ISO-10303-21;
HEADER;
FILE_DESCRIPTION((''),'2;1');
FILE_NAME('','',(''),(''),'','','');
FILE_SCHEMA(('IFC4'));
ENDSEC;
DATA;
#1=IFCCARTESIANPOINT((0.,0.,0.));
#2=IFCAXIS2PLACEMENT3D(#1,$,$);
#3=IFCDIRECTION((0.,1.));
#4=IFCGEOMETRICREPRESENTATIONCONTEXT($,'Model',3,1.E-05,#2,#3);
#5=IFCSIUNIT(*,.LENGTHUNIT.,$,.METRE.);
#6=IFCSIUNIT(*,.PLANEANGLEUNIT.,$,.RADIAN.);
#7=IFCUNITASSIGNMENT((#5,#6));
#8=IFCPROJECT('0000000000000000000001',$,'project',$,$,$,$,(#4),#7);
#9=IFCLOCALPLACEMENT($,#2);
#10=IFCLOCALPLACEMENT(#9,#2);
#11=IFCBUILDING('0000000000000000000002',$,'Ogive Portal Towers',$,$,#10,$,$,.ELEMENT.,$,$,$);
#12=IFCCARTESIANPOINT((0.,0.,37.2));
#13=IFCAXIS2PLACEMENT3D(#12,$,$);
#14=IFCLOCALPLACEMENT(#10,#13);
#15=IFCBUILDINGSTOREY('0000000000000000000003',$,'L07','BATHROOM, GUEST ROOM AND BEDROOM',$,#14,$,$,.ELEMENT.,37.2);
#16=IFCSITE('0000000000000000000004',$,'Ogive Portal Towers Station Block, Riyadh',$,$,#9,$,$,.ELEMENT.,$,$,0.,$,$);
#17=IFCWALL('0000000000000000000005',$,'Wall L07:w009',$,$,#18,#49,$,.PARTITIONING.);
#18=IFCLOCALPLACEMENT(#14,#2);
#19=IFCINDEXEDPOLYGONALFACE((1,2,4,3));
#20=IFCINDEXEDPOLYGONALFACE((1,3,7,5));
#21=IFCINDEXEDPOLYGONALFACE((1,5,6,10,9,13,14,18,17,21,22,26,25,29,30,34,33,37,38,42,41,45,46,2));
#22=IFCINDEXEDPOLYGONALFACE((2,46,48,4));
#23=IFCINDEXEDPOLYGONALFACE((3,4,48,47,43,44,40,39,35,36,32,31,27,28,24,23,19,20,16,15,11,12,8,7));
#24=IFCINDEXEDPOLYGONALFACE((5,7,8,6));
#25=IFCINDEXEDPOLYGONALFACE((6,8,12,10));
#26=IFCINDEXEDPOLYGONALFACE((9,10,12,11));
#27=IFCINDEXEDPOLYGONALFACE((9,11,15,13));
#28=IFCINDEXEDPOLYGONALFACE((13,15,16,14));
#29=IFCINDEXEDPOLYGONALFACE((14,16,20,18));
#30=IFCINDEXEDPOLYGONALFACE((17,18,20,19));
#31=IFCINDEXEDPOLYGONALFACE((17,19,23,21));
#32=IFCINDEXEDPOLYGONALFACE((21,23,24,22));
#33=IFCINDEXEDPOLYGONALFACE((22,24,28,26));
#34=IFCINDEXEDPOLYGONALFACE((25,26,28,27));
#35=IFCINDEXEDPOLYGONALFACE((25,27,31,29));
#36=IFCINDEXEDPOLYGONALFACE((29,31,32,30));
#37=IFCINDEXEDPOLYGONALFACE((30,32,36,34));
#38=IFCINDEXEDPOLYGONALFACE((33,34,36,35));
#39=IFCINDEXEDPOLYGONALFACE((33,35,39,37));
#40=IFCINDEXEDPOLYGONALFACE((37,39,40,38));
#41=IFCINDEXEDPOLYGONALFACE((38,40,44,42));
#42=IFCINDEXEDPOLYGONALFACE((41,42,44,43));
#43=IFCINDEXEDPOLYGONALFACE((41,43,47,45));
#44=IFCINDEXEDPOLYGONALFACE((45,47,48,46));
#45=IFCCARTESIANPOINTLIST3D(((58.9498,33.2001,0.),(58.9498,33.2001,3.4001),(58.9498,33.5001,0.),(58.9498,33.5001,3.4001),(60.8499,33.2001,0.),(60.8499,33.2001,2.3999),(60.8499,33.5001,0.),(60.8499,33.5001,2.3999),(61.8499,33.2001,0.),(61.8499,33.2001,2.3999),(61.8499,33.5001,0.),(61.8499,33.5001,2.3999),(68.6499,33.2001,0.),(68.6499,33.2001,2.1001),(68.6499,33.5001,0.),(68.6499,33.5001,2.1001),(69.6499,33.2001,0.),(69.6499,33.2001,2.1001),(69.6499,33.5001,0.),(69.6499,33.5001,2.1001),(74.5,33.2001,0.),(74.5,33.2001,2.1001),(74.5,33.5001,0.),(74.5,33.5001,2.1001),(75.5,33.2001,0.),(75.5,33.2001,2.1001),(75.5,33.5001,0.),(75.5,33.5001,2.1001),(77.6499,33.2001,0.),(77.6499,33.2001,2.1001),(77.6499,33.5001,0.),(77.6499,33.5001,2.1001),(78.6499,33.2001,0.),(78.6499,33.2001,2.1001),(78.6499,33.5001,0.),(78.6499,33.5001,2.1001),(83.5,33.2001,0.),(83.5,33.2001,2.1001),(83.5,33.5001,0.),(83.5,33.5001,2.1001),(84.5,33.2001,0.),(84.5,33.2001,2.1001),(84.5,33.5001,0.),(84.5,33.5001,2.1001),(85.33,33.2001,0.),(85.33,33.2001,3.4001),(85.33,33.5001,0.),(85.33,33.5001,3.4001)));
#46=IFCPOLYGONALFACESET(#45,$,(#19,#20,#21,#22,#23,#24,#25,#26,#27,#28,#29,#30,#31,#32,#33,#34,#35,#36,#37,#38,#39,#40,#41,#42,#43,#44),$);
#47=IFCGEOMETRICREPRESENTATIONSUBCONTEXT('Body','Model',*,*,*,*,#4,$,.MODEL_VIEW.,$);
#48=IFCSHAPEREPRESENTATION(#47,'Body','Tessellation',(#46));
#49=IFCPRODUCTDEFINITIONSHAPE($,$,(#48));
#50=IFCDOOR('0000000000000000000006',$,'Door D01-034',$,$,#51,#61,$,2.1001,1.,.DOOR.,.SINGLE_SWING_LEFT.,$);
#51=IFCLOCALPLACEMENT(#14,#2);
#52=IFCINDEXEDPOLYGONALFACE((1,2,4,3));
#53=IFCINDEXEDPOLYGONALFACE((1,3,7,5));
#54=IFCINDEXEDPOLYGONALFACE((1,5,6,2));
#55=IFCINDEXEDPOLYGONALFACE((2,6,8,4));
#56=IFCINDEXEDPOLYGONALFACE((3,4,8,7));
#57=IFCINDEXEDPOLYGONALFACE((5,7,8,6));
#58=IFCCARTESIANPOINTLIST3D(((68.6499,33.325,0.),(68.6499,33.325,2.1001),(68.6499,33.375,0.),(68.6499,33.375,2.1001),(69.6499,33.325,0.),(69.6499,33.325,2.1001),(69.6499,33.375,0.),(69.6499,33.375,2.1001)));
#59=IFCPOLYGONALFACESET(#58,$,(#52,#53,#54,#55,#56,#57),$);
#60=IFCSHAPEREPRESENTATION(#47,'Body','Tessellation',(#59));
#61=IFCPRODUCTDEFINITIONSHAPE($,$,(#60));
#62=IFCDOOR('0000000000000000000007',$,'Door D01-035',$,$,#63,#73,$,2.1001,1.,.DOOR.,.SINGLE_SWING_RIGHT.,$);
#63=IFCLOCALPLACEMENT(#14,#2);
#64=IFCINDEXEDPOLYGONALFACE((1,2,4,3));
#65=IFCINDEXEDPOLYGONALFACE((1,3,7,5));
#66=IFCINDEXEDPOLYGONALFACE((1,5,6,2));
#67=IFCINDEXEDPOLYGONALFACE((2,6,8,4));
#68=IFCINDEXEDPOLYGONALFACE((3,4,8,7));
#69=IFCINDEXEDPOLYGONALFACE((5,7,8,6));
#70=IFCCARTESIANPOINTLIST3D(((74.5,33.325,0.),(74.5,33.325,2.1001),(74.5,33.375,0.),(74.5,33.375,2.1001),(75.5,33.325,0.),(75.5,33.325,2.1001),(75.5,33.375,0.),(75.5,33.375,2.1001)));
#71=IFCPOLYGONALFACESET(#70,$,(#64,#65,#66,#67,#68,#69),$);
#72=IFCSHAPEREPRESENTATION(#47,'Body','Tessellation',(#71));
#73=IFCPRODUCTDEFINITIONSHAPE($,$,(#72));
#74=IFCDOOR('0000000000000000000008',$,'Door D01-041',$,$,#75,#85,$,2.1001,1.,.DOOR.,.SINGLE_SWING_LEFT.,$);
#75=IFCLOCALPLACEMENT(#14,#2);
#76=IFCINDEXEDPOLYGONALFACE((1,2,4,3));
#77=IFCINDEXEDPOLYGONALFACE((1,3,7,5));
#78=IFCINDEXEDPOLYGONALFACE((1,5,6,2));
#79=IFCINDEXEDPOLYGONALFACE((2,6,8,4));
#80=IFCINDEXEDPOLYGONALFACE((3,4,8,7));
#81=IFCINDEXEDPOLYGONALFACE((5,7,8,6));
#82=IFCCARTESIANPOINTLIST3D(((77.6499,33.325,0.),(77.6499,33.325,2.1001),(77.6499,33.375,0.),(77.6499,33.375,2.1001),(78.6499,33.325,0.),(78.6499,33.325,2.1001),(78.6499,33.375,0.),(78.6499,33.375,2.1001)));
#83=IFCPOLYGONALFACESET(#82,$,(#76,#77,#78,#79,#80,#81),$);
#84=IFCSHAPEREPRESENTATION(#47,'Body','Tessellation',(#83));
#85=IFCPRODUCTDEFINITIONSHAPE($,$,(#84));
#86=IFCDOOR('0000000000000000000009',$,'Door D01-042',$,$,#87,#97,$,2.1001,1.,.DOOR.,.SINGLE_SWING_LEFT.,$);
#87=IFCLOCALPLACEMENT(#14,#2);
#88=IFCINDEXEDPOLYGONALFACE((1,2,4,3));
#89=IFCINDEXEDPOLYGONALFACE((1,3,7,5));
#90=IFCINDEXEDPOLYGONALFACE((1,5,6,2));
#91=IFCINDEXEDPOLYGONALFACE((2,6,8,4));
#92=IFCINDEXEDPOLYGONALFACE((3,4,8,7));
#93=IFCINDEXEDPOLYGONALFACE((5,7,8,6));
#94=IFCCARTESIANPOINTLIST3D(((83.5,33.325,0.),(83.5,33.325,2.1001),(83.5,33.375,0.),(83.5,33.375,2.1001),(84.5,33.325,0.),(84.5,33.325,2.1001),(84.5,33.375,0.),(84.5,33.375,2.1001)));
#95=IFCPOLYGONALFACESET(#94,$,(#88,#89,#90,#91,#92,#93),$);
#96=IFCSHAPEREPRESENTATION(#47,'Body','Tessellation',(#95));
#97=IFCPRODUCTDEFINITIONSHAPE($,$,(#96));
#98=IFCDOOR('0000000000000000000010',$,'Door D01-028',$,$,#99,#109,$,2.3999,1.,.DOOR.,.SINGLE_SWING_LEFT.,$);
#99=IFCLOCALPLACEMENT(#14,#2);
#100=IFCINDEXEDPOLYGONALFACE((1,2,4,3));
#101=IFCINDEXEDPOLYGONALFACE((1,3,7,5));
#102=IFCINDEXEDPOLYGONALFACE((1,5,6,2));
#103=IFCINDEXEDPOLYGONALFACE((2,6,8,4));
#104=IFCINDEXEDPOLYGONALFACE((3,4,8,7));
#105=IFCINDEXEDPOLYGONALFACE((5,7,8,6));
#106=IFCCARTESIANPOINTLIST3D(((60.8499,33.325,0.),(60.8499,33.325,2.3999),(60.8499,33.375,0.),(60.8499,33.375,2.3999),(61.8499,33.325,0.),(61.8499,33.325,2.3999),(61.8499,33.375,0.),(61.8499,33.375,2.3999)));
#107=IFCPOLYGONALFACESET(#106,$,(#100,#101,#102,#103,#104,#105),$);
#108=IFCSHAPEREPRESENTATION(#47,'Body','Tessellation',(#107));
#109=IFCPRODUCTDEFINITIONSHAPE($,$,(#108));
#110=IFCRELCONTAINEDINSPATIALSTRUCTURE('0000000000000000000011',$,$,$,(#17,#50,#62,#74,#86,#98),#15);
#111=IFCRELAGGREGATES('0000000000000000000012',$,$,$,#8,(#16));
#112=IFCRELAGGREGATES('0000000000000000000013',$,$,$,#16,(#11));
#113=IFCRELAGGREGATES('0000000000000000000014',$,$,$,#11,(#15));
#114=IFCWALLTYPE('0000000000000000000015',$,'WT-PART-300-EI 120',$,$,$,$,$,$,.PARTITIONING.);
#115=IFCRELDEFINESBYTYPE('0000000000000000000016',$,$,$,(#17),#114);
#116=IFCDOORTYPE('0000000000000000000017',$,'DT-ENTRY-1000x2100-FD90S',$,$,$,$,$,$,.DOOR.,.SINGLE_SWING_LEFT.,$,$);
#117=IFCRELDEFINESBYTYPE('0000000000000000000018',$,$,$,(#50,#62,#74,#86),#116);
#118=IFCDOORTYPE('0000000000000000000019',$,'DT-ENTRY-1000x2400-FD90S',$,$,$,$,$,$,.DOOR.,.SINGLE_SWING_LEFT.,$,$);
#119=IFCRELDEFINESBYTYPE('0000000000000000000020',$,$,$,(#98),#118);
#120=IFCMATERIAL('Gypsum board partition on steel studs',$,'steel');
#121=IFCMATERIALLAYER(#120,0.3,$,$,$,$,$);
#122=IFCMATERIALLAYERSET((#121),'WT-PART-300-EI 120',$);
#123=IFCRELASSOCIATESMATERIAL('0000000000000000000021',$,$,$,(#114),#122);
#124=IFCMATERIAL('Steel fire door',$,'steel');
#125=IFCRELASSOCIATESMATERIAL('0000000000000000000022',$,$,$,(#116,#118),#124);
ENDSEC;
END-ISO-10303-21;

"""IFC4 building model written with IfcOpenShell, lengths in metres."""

from ifc_helpers import new_model, si_unit, direction, frame, frame_2d, origin, place, context, subcontext, project, spatial, rectangle, extrude, material, layer, layer_set, type_object, element, fill, save


model = new_model("IFC4")

# Units and contexts
model_context = context("Model", 3, precision=1e-05, world=origin(), true_north=direction((0.0, 1.0)))
body_context = subcontext(model_context, "Body", "Model", "MODEL_VIEW")
ifc_project = project(units=[si_unit("LENGTHUNIT", "METRE"), si_unit("PLANEANGLEUNIT", "RADIAN")], contexts=[model_context])

# Site, building, storey
site_placement = place(None, origin())
site = spatial("IfcSite", under=ifc_project, at=site_placement, Name="Ogive Portal Towers Station Block, Riyadh", CompositionType="ELEMENT", RefElevation=0.0)
building_placement = place(site_placement, origin())
building = spatial("IfcBuilding", under=site, at=building_placement, Name="Ogive Portal Towers", CompositionType="ELEMENT")
storey_placement = place(building_placement, frame((0.0, 0.0, 37.2)))
storey = spatial("IfcBuildingStorey", under=building, at=storey_placement, Name="L07", Description="BATHROOM, GUEST ROOM AND BEDROOM", CompositionType="ELEMENT", Elevation=37.2)

# Wall, openings, doors
ifc_material_1 = material(Name="Gypsum board partition on steel studs", Category="steel")
ifc_layer_1 = layer(ifc_material_1, 0.3)
ifc_layer_set_1 = layer_set([ifc_layer_1], Name="WT-PART-300-EI 120")
wall_type_1 = type_object("IfcWallType", Name="WT-PART-300-EI 120", PredefinedType="PARTITIONING", material=ifc_layer_set_1)
ifc_material_2 = material(Name="Steel fire door", Category="steel")
door_type_1 = type_object("IfcDoorType", Name="DT-ENTRY-1000x2100-FD90S", OperationType="SINGLE_SWING_LEFT", PredefinedType="DOOR", material=ifc_material_2)
door_type_2 = type_object("IfcDoorType", Name="DT-ENTRY-1000x2400-FD90S", OperationType="SINGLE_SWING_LEFT", PredefinedType="DOOR", material=ifc_material_2)
wall_1_placement = place(storey_placement, frame((58.95, 33.3501, 0.0), z_axis=(0.0, 0.0, 1.0), x_axis=(1.0, 0.0, 0.0)))
wall_1 = element("IfcWall", 1, at=wall_1_placement, inside=storey, type_object=wall_type_1, Name="Wall L07:w009", PredefinedType="PARTITIONING", context=body_context, shape_type="SweptSolid", body=[
    extrude(rectangle(XDim=26.3801, YDim=0.3, at=frame_2d((13.1899, 0.0))), origin(), (0.0, 0.0, 1.0), 3.4001),
])
opening_1_placement = place(wall_1_placement, frame((1.8999, 0.0, 0.0)))
opening_1 = element("IfcOpeningElement", 2, at=opening_1_placement, cuts=wall_1, PredefinedType="OPENING", context=body_context, shape_type="SweptSolid", body=[
    extrude(rectangle(XDim=1.0, YDim=2.3999, at=frame_2d((0.5, 1.2))), frame((0.0, 0.1602, 0.0), z_axis=(0.0, -1.0, 0.0), x_axis=(1.0, 0.0, 0.0)), (0.0, 0.0, 1.0), 0.3201),
])
opening_2_placement = place(wall_1_placement, frame((9.7, 0.0, 0.0)))
opening_2 = element("IfcOpeningElement", 3, at=opening_2_placement, cuts=wall_1, PredefinedType="OPENING", context=body_context, shape_type="SweptSolid", body=[
    extrude(rectangle(XDim=1.0, YDim=2.1001, at=frame_2d((0.5, 1.05))), frame((0.0, 0.1602, 0.0), z_axis=(0.0, -1.0, 0.0), x_axis=(1.0, 0.0, 0.0)), (0.0, 0.0, 1.0), 0.3201),
])
opening_3_placement = place(wall_1_placement, frame((15.55, 0.0, 0.0)))
opening_3 = element("IfcOpeningElement", 4, at=opening_3_placement, cuts=wall_1, PredefinedType="OPENING", context=body_context, shape_type="SweptSolid", body=[
    extrude(rectangle(XDim=1.0, YDim=2.1001, at=frame_2d((0.5, 1.05))), frame((0.0, 0.1602, 0.0), z_axis=(0.0, -1.0, 0.0), x_axis=(1.0, 0.0, 0.0)), (0.0, 0.0, 1.0), 0.3201),
])
opening_4_placement = place(wall_1_placement, frame((18.7, 0.0, 0.0)))
opening_4 = element("IfcOpeningElement", 5, at=opening_4_placement, cuts=wall_1, PredefinedType="OPENING", context=body_context, shape_type="SweptSolid", body=[
    extrude(rectangle(XDim=1.0, YDim=2.1001, at=frame_2d((0.5, 1.05))), frame((0.0, 0.1602, 0.0), z_axis=(0.0, -1.0, 0.0), x_axis=(1.0, 0.0, 0.0)), (0.0, 0.0, 1.0), 0.3201),
])
opening_5_placement = place(wall_1_placement, frame((24.55, 0.0, 0.0)))
opening_5 = element("IfcOpeningElement", 6, at=opening_5_placement, cuts=wall_1, PredefinedType="OPENING", context=body_context, shape_type="SweptSolid", body=[
    extrude(rectangle(XDim=1.0, YDim=2.1001, at=frame_2d((0.5, 1.05))), frame((0.0, 0.1602, 0.0), z_axis=(0.0, -1.0, 0.0), x_axis=(1.0, 0.0, 0.0)), (0.0, 0.0, 1.0), 0.3201),
])
door_1_placement = place(opening_2_placement, origin())
door_1 = element("IfcDoor", 7, at=door_1_placement, inside=storey, type_object=door_type_1, Name="Door D01-034", OperationType="SINGLE_SWING_LEFT", OverallHeight=2.1001, OverallWidth=1.0, PredefinedType="DOOR", context=body_context, shape_type="SweptSolid", body=[
    extrude(rectangle(XDim=1.0, YDim=2.1001, at=frame_2d((0.5, 1.05))), frame((0.0, 0.0249, 0.0), z_axis=(0.0, -1.0, 0.0), x_axis=(1.0, 0.0, 0.0)), (0.0, 0.0, 1.0), 0.05),
])
fill(opening_2, door_1)
door_2_placement = place(opening_3_placement, origin())
door_2 = element("IfcDoor", 8, at=door_2_placement, inside=storey, type_object=door_type_1, Name="Door D01-035", OperationType="SINGLE_SWING_RIGHT", OverallHeight=2.1001, OverallWidth=1.0, PredefinedType="DOOR", context=body_context, shape_type="SweptSolid", body=[
    extrude(rectangle(XDim=1.0, YDim=2.1001, at=frame_2d((0.5, 1.05))), frame((0.0, 0.0249, 0.0), z_axis=(0.0, -1.0, 0.0), x_axis=(1.0, 0.0, 0.0)), (0.0, 0.0, 1.0), 0.05),
])
fill(opening_3, door_2)
door_3_placement = place(opening_4_placement, origin())
door_3 = element("IfcDoor", 9, at=door_3_placement, inside=storey, type_object=door_type_1, Name="Door D01-041", OperationType="SINGLE_SWING_LEFT", OverallHeight=2.1001, OverallWidth=1.0, PredefinedType="DOOR", context=body_context, shape_type="SweptSolid", body=[
    extrude(rectangle(XDim=1.0, YDim=2.1001, at=frame_2d((0.5, 1.05))), frame((0.0, 0.0249, 0.0), z_axis=(0.0, -1.0, 0.0), x_axis=(1.0, 0.0, 0.0)), (0.0, 0.0, 1.0), 0.05),
])
fill(opening_4, door_3)
door_4_placement = place(opening_5_placement, origin())
door_4 = element("IfcDoor", 10, at=door_4_placement, inside=storey, type_object=door_type_1, Name="Door D01-042", OperationType="SINGLE_SWING_LEFT", OverallHeight=2.1001, OverallWidth=1.0, PredefinedType="DOOR", context=body_context, shape_type="SweptSolid", body=[
    extrude(rectangle(XDim=1.0, YDim=2.1001, at=frame_2d((0.5, 1.05))), frame((0.0, 0.0249, 0.0), z_axis=(0.0, -1.0, 0.0), x_axis=(1.0, 0.0, 0.0)), (0.0, 0.0, 1.0), 0.05),
])
fill(opening_5, door_4)
door_5_placement = place(opening_1_placement, origin())
door_5 = element("IfcDoor", 11, at=door_5_placement, inside=storey, type_object=door_type_2, Name="Door D01-028", OperationType="SINGLE_SWING_LEFT", OverallHeight=2.3999, OverallWidth=1.0, PredefinedType="DOOR", context=body_context, shape_type="SweptSolid", body=[
    extrude(rectangle(XDim=1.0, YDim=2.3999, at=frame_2d((0.5, 1.2))), frame((0.0, 0.0249, 0.0), z_axis=(0.0, -1.0, 0.0), x_axis=(1.0, 0.0, 0.0)), (0.0, 0.0, 1.0), 0.05),
])
fill(opening_1, door_5)

save(model, "model.ifc")
